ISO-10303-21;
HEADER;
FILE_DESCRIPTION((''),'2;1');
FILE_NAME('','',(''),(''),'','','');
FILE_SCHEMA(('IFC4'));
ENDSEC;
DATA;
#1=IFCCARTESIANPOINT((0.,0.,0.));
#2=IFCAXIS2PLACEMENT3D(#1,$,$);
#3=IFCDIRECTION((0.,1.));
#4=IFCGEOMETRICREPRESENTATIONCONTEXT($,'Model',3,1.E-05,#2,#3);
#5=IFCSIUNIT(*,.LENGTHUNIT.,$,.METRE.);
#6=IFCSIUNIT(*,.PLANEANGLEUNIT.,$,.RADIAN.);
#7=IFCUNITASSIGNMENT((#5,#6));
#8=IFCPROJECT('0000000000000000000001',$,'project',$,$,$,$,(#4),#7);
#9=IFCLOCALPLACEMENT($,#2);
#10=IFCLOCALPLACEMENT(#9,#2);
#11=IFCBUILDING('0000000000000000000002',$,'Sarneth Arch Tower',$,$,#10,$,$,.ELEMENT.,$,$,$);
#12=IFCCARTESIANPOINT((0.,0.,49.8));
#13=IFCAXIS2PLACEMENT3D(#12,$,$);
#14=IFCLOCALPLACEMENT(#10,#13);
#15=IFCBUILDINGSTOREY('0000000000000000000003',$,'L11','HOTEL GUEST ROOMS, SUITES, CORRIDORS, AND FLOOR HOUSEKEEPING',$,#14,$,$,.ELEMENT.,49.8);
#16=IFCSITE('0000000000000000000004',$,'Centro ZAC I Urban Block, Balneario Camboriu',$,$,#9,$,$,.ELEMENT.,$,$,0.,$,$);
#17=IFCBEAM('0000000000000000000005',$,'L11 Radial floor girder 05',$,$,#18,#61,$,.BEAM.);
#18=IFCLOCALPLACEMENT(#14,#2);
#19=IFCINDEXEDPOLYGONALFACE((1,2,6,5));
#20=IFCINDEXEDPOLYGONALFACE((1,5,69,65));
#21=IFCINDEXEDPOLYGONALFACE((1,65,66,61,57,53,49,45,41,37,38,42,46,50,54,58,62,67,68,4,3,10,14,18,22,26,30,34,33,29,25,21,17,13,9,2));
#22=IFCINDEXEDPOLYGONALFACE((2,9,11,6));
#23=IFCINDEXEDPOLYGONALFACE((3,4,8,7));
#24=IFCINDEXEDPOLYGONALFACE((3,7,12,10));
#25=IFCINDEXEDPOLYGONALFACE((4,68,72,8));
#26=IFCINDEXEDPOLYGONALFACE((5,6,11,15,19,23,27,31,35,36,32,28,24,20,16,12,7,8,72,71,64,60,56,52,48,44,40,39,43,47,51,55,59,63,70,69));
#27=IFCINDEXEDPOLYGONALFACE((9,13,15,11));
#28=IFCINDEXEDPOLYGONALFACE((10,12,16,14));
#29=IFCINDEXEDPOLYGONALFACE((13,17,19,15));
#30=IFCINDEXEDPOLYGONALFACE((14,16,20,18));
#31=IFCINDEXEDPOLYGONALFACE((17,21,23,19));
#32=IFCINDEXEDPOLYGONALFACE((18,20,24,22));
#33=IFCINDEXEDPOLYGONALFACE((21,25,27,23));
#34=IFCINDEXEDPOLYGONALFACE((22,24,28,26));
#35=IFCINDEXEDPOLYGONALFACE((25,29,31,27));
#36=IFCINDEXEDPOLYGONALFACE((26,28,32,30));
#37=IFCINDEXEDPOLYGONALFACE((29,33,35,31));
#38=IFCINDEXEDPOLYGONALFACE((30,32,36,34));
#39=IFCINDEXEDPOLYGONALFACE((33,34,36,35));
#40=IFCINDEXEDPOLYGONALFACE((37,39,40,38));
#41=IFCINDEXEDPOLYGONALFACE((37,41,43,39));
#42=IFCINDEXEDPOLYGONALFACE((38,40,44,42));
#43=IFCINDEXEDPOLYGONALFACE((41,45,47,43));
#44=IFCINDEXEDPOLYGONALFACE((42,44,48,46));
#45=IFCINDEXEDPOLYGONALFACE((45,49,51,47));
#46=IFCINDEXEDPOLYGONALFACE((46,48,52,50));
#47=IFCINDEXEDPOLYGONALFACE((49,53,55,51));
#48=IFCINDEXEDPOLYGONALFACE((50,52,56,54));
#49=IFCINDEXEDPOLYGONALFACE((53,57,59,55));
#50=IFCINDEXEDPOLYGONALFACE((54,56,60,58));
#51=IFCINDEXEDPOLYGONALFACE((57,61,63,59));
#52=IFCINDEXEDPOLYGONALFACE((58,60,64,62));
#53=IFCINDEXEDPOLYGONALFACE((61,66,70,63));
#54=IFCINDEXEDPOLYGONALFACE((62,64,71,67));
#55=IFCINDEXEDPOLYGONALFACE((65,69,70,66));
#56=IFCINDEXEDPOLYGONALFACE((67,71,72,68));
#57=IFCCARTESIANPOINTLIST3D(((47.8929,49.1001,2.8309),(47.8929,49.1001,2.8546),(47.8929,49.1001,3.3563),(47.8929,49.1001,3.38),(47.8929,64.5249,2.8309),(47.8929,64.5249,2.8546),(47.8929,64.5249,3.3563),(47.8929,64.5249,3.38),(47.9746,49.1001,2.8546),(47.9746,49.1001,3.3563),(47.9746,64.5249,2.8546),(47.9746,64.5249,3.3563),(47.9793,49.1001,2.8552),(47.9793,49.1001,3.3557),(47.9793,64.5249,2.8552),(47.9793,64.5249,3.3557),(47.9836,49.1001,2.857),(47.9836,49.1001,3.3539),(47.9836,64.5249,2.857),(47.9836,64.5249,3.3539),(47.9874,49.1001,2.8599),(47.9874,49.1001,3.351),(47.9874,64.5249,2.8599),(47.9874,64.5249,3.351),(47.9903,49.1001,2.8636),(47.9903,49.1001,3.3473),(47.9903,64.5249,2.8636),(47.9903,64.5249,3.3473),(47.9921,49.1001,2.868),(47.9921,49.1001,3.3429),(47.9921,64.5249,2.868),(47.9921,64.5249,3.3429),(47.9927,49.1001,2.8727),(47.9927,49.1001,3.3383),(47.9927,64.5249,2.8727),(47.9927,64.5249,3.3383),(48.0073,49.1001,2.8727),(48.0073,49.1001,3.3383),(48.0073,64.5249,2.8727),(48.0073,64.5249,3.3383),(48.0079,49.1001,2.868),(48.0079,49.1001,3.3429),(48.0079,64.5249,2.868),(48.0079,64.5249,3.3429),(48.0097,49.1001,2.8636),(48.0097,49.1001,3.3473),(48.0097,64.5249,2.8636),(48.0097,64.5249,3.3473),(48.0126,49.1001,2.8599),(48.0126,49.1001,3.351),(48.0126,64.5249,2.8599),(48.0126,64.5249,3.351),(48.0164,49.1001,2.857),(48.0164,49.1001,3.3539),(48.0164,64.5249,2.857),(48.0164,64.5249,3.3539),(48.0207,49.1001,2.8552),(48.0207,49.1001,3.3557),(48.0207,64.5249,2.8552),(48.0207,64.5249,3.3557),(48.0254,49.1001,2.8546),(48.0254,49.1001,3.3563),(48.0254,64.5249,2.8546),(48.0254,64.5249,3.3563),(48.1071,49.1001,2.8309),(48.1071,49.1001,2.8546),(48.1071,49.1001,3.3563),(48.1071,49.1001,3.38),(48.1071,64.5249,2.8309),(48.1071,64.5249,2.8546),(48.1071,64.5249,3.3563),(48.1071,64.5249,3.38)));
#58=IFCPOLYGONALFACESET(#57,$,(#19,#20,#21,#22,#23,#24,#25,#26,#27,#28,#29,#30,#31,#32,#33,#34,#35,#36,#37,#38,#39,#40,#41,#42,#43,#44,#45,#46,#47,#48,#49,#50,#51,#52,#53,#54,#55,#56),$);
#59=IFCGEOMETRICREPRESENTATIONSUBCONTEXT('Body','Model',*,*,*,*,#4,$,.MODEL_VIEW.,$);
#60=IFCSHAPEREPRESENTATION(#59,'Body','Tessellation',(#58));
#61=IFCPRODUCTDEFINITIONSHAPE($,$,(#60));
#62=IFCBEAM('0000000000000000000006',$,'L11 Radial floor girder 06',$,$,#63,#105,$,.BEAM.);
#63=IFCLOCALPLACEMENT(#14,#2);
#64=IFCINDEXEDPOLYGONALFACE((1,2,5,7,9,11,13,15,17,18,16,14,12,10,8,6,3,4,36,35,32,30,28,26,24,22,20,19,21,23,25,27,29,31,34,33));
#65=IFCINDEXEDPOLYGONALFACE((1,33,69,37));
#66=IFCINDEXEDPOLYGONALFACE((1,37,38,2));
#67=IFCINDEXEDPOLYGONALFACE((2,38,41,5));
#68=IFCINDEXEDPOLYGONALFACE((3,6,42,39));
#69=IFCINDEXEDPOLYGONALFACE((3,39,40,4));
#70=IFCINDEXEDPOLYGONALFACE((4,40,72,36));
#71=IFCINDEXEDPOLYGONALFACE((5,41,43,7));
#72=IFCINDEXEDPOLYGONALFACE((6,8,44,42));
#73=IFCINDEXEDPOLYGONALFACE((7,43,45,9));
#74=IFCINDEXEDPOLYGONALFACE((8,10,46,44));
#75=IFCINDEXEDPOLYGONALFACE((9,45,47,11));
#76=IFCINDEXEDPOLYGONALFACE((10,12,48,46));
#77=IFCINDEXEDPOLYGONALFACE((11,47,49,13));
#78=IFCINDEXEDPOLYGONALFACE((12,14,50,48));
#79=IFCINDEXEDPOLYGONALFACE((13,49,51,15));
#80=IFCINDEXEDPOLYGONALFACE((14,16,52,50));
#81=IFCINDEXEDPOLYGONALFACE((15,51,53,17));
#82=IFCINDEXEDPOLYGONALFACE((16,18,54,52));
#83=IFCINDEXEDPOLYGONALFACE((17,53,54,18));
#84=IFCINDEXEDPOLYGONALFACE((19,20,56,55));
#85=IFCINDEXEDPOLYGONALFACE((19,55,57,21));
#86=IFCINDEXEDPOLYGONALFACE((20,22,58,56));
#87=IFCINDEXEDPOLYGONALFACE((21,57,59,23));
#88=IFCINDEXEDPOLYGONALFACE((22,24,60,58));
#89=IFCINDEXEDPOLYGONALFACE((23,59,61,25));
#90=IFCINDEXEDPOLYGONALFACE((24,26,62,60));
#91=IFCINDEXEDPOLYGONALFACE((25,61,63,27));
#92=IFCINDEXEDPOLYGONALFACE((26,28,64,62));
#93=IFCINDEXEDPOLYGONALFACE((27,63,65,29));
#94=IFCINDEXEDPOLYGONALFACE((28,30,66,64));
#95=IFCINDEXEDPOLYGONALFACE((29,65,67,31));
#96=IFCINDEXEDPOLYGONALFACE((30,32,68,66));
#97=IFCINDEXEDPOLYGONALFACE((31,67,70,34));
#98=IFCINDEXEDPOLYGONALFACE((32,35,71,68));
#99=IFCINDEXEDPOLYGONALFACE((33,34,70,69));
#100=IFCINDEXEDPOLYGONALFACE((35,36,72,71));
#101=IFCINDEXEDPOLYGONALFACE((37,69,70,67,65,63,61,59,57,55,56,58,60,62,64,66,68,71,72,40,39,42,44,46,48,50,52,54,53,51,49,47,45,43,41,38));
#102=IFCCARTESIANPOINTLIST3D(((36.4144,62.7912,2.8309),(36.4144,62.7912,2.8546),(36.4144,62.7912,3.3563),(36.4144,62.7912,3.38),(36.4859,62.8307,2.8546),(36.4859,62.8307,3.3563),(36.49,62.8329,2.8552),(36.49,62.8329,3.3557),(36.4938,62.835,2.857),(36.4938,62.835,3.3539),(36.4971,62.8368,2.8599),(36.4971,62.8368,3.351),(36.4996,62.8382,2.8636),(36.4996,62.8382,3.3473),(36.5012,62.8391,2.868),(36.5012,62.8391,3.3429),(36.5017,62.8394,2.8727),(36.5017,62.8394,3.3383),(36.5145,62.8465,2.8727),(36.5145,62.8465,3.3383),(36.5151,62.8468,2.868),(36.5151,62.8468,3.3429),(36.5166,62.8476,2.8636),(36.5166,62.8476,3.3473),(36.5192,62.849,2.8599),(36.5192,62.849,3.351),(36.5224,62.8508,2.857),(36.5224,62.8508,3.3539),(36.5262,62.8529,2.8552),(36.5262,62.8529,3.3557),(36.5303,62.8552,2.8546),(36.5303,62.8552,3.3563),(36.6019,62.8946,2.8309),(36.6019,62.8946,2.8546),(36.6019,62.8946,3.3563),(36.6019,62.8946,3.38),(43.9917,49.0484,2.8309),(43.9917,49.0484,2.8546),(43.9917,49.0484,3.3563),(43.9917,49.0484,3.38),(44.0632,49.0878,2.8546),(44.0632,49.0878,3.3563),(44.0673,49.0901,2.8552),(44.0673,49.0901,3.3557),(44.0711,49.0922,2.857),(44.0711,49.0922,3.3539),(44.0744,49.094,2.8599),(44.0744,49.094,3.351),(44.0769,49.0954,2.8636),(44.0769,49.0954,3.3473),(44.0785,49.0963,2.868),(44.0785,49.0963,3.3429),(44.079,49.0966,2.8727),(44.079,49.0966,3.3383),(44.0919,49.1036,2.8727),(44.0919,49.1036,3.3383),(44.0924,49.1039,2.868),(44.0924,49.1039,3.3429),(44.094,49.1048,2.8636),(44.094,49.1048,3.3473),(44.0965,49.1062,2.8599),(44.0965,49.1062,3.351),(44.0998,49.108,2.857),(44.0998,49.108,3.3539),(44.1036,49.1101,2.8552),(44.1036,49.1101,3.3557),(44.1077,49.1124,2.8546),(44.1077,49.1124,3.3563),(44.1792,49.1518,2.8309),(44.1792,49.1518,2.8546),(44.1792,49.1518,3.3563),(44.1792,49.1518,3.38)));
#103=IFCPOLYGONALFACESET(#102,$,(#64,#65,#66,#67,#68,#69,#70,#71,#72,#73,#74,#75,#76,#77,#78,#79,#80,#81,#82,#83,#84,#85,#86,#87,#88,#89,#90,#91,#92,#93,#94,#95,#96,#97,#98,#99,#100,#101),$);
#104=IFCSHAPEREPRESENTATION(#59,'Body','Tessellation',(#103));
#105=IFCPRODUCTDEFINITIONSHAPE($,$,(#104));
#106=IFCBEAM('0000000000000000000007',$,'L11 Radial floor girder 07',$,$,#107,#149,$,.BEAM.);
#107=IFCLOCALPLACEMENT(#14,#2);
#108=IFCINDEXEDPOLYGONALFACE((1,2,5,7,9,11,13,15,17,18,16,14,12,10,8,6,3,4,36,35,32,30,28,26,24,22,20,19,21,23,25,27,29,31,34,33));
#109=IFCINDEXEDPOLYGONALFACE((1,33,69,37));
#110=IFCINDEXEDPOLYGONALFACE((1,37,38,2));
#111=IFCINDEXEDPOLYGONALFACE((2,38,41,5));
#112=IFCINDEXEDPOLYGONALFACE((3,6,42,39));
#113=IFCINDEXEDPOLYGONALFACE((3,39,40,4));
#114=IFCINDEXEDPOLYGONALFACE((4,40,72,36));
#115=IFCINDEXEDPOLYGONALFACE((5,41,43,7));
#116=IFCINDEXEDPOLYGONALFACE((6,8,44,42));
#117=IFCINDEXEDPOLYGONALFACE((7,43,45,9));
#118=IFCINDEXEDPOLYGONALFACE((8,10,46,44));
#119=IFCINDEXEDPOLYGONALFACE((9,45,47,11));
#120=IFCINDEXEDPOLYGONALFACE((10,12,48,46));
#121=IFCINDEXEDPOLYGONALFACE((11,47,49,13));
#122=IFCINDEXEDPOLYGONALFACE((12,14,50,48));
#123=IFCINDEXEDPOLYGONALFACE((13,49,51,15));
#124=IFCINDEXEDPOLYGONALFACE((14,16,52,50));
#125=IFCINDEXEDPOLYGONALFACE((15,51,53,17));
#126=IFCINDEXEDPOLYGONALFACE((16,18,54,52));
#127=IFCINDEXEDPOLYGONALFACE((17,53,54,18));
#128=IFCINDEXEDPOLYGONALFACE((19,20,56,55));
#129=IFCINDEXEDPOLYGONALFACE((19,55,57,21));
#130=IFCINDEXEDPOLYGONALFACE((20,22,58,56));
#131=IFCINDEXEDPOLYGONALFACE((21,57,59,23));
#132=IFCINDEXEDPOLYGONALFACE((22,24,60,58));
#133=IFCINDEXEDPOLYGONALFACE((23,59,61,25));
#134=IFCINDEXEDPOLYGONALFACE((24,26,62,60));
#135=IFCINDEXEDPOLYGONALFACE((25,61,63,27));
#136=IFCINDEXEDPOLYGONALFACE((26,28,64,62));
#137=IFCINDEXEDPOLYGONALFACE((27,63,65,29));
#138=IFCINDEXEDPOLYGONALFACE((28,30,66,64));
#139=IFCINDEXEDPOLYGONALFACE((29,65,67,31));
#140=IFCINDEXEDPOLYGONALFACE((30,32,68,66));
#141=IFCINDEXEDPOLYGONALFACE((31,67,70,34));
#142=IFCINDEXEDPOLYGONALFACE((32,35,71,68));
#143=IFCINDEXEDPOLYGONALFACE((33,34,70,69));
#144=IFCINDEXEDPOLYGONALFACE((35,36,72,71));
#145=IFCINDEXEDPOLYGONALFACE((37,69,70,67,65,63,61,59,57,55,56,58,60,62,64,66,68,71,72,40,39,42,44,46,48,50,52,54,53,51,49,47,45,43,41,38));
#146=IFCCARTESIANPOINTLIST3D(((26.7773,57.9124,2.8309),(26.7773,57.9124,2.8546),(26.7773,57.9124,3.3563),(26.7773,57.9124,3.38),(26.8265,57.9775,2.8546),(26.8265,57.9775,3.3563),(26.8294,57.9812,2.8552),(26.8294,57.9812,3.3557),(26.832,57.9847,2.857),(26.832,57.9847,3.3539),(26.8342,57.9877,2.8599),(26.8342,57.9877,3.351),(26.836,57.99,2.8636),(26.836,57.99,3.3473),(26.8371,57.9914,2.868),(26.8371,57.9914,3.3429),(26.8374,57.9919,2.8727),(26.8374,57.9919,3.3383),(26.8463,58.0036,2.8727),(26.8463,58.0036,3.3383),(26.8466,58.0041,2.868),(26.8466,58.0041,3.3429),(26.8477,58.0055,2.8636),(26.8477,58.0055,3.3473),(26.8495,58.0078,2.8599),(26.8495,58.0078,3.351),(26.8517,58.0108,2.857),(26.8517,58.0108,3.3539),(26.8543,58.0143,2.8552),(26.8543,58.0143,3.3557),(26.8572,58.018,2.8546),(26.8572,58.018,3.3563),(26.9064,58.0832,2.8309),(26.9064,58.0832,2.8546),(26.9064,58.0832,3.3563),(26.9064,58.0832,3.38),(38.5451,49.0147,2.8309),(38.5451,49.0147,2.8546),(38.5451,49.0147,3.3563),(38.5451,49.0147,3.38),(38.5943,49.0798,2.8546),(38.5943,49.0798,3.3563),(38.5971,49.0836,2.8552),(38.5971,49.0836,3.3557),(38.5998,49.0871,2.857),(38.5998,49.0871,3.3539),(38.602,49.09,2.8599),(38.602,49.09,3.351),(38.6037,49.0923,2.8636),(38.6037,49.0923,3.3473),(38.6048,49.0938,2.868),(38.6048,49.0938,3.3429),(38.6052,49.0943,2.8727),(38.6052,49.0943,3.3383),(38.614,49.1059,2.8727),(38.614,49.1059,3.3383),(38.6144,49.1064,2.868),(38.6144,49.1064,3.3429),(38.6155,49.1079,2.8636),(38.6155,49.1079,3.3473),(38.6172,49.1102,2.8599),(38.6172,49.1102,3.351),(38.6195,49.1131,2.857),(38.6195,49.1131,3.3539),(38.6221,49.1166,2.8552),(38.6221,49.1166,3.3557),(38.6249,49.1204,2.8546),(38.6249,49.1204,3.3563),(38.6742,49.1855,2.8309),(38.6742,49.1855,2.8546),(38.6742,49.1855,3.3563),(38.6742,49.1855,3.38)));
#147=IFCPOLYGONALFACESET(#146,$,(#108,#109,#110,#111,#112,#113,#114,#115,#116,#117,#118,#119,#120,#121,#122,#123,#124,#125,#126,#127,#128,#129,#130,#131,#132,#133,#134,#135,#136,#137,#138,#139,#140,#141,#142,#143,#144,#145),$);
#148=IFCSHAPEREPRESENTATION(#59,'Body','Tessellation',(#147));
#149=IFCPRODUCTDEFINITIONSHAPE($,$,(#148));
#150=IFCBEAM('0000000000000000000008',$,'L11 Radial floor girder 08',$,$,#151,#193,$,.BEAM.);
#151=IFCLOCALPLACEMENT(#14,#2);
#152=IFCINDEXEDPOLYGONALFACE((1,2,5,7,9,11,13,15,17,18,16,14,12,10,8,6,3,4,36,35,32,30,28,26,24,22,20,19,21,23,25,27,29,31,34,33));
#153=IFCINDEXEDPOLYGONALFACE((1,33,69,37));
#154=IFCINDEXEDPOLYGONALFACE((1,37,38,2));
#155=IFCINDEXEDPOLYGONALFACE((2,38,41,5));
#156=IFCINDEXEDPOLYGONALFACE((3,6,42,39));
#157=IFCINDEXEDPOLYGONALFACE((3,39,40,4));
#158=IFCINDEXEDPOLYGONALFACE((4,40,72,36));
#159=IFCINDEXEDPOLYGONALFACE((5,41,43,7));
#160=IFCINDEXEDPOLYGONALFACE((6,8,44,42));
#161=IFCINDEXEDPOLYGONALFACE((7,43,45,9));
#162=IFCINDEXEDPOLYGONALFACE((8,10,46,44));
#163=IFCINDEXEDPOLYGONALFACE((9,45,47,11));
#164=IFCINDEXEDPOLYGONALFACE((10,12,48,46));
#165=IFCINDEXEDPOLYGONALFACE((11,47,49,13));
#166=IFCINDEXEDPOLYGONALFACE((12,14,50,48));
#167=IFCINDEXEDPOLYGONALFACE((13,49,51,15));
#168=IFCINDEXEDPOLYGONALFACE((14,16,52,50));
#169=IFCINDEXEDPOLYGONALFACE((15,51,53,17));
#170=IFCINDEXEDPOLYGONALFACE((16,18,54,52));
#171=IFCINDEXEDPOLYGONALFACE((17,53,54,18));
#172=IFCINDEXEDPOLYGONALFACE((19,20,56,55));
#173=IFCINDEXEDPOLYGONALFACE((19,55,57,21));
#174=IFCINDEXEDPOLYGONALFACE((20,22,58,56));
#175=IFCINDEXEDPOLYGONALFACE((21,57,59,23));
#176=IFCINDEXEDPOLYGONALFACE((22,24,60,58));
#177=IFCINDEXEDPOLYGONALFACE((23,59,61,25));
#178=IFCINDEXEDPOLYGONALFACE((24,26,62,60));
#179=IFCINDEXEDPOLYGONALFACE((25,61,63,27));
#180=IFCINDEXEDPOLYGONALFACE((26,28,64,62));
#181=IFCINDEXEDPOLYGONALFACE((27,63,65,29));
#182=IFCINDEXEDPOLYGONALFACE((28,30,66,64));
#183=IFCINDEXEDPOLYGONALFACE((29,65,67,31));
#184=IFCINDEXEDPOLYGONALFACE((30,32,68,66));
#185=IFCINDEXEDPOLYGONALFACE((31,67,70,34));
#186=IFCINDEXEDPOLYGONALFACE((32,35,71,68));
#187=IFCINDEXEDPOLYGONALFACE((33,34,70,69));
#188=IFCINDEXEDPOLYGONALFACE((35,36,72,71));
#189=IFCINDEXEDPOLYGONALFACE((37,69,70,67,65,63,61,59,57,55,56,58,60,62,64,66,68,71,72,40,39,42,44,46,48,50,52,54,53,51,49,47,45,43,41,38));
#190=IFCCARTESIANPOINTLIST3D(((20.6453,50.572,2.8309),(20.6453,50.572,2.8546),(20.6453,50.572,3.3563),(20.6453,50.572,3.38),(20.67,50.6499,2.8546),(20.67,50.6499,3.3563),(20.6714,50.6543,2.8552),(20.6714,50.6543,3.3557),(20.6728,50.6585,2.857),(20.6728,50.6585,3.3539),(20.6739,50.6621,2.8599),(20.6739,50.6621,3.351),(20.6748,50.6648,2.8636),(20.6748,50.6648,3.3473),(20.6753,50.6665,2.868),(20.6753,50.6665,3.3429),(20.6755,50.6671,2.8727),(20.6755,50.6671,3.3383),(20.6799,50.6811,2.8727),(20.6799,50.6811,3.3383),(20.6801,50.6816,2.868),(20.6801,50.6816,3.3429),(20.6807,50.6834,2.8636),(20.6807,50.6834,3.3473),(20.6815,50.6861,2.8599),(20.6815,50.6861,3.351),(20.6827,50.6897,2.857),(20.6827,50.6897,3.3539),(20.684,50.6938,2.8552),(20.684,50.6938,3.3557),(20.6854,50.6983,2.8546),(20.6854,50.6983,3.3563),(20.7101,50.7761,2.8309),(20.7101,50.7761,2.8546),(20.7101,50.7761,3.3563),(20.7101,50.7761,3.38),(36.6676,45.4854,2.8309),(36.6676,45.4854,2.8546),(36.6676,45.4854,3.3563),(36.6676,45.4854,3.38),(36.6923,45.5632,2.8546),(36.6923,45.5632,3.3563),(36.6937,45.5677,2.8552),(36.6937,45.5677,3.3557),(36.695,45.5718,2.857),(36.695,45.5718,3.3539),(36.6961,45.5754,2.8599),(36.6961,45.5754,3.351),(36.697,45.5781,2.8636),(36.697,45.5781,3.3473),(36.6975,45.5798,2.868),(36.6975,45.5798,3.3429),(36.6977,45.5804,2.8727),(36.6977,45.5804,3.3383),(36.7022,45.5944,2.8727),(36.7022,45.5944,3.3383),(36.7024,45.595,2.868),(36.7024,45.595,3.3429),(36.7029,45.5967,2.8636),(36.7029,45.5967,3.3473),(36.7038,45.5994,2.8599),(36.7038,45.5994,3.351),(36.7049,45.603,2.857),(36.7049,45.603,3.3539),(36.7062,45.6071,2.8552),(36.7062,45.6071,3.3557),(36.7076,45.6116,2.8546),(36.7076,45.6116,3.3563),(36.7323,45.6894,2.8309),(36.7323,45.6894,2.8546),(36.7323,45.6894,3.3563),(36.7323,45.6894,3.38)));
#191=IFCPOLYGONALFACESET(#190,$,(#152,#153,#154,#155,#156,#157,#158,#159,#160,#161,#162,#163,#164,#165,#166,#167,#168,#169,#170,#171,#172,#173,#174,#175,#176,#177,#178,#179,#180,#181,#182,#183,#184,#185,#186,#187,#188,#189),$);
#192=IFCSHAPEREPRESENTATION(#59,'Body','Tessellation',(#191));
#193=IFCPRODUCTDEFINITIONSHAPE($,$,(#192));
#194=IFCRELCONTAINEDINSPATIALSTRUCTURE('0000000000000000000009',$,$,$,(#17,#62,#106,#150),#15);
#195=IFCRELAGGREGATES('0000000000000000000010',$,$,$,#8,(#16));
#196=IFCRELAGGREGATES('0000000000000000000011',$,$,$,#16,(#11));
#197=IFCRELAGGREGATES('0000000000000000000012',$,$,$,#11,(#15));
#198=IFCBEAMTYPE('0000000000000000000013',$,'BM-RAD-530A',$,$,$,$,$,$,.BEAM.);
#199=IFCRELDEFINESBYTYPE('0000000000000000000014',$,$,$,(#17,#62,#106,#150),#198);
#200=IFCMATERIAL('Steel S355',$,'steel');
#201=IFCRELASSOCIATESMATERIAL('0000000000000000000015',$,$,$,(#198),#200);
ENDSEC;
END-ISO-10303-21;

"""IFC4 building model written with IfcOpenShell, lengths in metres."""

from ifc_helpers import new_model, si_unit, direction, frame, origin, origin_2d, place, context, subcontext, project, spatial, i_section, extrude, material, material_profile, profile_set, type_object, element, save


model = new_model("IFC4")

# Units and contexts
model_context = context("Model", 3, precision=1e-05, world=origin(), true_north=direction((0.0, 1.0)))
body_context = subcontext(model_context, "Body", "Model", "MODEL_VIEW")
ifc_project = project(units=[si_unit("LENGTHUNIT", "METRE"), si_unit("PLANEANGLEUNIT", "RADIAN")], contexts=[model_context])

# Site, building, storey
site_placement = place(None, origin())
site = spatial("IfcSite", under=ifc_project, at=site_placement, Name="Centro ZAC I Urban Block, Balneario Camboriu", CompositionType="ELEMENT", RefElevation=0.0)
building_placement = place(site_placement, origin())
building = spatial("IfcBuilding", under=site, at=building_placement, Name="Sarneth Arch Tower", CompositionType="ELEMENT")
storey_placement = place(building_placement, frame((0.0, 0.0, 49.8)))
storey = spatial("IfcBuildingStorey", under=building, at=storey_placement, Name="L11", Description="HOTEL GUEST ROOMS, SUITES, CORRIDORS, AND FLOOR HOUSEKEEPING", CompositionType="ELEMENT", Elevation=49.8)

# Beams
ifc_material_1 = material(Name="Steel S355", Category="steel")
ifc_material_profile = material_profile(ifc_material_1, i_section(OverallWidth=0.2141, OverallDepth=0.5491, WebThickness=0.0146, FlangeThickness=0.0237, FilletRadius=0.0181, at=origin_2d()), Name="W530x138")
ifc_profile_set = profile_set([ifc_material_profile], Name="Steel S355")
beam_type = type_object("IfcBeamType", Name="BM-RAD-530A", PredefinedType="BEAM", material=ifc_profile_set)
beam_1_placement = place(storey_placement, frame((48.0, 49.1001, 3.1055), z_axis=(0.0, 1.0, 0.0), x_axis=(-1.0, 0.0, 0.0)))
element("IfcBeam", 1, at=beam_1_placement, inside=storey, type_object=beam_type, Name="L11 Radial floor girder 05", PredefinedType="BEAM", context=body_context, shape_type="SweptSolid", body=[
    extrude(i_section(OverallWidth=0.2141, OverallDepth=0.5491, WebThickness=0.0146, FlangeThickness=0.0237, FilletRadius=0.0181, at=origin_2d()), origin(), (0.0, 0.0, 1.0), 15.4248),
])
beam_2_placement = place(storey_placement, frame((44.0854, 49.1001, 3.1055), z_axis=(-0.482838, 0.87571, 0.0), x_axis=(-0.87571, -0.482838, 0.0)))
element("IfcBeam", 2, at=beam_2_placement, inside=storey, type_object=beam_type, Name="L11 Radial floor girder 06", PredefinedType="BEAM", context=body_context, shape_type="SweptSolid", body=[
    extrude(i_section(OverallWidth=0.2141, OverallDepth=0.5491, WebThickness=0.0146, FlangeThickness=0.0237, FilletRadius=0.0181, at=origin_2d()), origin(), (0.0, 0.0, 1.0), 15.6934),
])
beam_3_placement = place(storey_placement, frame((38.6096, 49.1001, 3.1055), z_axis=(-0.797657, 0.603112, 0.0), x_axis=(-0.603112, -0.797657, 0.0)))
element("IfcBeam", 3, at=beam_3_placement, inside=storey, type_object=beam_type, Name="L11 Radial floor girder 07", PredefinedType="BEAM", context=body_context, shape_type="SweptSolid", body=[
    extrude(i_section(OverallWidth=0.2141, OverallDepth=0.5491, WebThickness=0.0146, FlangeThickness=0.0237, FilletRadius=0.0181, at=origin_2d()), origin(), (0.0, 0.0, 1.0), 14.7529),
])
beam_4_placement = place(storey_placement, frame((36.7, 45.5874, 3.1055), z_axis=(-0.95312, 0.302593, 0.0), x_axis=(-0.302593, -0.95312, 0.0)))
element("IfcBeam", 4, at=beam_4_placement, inside=storey, type_object=beam_type, Name="L11 Radial floor girder 08", PredefinedType="BEAM", context=body_context, shape_type="SweptSolid", body=[
    extrude(i_section(OverallWidth=0.2141, OverallDepth=0.5491, WebThickness=0.0146, FlangeThickness=0.0237, FilletRadius=0.0181, at=origin_2d()), origin(), (0.0, 0.0, 1.0), 16.8103),
])

save(model, "model.ifc")
